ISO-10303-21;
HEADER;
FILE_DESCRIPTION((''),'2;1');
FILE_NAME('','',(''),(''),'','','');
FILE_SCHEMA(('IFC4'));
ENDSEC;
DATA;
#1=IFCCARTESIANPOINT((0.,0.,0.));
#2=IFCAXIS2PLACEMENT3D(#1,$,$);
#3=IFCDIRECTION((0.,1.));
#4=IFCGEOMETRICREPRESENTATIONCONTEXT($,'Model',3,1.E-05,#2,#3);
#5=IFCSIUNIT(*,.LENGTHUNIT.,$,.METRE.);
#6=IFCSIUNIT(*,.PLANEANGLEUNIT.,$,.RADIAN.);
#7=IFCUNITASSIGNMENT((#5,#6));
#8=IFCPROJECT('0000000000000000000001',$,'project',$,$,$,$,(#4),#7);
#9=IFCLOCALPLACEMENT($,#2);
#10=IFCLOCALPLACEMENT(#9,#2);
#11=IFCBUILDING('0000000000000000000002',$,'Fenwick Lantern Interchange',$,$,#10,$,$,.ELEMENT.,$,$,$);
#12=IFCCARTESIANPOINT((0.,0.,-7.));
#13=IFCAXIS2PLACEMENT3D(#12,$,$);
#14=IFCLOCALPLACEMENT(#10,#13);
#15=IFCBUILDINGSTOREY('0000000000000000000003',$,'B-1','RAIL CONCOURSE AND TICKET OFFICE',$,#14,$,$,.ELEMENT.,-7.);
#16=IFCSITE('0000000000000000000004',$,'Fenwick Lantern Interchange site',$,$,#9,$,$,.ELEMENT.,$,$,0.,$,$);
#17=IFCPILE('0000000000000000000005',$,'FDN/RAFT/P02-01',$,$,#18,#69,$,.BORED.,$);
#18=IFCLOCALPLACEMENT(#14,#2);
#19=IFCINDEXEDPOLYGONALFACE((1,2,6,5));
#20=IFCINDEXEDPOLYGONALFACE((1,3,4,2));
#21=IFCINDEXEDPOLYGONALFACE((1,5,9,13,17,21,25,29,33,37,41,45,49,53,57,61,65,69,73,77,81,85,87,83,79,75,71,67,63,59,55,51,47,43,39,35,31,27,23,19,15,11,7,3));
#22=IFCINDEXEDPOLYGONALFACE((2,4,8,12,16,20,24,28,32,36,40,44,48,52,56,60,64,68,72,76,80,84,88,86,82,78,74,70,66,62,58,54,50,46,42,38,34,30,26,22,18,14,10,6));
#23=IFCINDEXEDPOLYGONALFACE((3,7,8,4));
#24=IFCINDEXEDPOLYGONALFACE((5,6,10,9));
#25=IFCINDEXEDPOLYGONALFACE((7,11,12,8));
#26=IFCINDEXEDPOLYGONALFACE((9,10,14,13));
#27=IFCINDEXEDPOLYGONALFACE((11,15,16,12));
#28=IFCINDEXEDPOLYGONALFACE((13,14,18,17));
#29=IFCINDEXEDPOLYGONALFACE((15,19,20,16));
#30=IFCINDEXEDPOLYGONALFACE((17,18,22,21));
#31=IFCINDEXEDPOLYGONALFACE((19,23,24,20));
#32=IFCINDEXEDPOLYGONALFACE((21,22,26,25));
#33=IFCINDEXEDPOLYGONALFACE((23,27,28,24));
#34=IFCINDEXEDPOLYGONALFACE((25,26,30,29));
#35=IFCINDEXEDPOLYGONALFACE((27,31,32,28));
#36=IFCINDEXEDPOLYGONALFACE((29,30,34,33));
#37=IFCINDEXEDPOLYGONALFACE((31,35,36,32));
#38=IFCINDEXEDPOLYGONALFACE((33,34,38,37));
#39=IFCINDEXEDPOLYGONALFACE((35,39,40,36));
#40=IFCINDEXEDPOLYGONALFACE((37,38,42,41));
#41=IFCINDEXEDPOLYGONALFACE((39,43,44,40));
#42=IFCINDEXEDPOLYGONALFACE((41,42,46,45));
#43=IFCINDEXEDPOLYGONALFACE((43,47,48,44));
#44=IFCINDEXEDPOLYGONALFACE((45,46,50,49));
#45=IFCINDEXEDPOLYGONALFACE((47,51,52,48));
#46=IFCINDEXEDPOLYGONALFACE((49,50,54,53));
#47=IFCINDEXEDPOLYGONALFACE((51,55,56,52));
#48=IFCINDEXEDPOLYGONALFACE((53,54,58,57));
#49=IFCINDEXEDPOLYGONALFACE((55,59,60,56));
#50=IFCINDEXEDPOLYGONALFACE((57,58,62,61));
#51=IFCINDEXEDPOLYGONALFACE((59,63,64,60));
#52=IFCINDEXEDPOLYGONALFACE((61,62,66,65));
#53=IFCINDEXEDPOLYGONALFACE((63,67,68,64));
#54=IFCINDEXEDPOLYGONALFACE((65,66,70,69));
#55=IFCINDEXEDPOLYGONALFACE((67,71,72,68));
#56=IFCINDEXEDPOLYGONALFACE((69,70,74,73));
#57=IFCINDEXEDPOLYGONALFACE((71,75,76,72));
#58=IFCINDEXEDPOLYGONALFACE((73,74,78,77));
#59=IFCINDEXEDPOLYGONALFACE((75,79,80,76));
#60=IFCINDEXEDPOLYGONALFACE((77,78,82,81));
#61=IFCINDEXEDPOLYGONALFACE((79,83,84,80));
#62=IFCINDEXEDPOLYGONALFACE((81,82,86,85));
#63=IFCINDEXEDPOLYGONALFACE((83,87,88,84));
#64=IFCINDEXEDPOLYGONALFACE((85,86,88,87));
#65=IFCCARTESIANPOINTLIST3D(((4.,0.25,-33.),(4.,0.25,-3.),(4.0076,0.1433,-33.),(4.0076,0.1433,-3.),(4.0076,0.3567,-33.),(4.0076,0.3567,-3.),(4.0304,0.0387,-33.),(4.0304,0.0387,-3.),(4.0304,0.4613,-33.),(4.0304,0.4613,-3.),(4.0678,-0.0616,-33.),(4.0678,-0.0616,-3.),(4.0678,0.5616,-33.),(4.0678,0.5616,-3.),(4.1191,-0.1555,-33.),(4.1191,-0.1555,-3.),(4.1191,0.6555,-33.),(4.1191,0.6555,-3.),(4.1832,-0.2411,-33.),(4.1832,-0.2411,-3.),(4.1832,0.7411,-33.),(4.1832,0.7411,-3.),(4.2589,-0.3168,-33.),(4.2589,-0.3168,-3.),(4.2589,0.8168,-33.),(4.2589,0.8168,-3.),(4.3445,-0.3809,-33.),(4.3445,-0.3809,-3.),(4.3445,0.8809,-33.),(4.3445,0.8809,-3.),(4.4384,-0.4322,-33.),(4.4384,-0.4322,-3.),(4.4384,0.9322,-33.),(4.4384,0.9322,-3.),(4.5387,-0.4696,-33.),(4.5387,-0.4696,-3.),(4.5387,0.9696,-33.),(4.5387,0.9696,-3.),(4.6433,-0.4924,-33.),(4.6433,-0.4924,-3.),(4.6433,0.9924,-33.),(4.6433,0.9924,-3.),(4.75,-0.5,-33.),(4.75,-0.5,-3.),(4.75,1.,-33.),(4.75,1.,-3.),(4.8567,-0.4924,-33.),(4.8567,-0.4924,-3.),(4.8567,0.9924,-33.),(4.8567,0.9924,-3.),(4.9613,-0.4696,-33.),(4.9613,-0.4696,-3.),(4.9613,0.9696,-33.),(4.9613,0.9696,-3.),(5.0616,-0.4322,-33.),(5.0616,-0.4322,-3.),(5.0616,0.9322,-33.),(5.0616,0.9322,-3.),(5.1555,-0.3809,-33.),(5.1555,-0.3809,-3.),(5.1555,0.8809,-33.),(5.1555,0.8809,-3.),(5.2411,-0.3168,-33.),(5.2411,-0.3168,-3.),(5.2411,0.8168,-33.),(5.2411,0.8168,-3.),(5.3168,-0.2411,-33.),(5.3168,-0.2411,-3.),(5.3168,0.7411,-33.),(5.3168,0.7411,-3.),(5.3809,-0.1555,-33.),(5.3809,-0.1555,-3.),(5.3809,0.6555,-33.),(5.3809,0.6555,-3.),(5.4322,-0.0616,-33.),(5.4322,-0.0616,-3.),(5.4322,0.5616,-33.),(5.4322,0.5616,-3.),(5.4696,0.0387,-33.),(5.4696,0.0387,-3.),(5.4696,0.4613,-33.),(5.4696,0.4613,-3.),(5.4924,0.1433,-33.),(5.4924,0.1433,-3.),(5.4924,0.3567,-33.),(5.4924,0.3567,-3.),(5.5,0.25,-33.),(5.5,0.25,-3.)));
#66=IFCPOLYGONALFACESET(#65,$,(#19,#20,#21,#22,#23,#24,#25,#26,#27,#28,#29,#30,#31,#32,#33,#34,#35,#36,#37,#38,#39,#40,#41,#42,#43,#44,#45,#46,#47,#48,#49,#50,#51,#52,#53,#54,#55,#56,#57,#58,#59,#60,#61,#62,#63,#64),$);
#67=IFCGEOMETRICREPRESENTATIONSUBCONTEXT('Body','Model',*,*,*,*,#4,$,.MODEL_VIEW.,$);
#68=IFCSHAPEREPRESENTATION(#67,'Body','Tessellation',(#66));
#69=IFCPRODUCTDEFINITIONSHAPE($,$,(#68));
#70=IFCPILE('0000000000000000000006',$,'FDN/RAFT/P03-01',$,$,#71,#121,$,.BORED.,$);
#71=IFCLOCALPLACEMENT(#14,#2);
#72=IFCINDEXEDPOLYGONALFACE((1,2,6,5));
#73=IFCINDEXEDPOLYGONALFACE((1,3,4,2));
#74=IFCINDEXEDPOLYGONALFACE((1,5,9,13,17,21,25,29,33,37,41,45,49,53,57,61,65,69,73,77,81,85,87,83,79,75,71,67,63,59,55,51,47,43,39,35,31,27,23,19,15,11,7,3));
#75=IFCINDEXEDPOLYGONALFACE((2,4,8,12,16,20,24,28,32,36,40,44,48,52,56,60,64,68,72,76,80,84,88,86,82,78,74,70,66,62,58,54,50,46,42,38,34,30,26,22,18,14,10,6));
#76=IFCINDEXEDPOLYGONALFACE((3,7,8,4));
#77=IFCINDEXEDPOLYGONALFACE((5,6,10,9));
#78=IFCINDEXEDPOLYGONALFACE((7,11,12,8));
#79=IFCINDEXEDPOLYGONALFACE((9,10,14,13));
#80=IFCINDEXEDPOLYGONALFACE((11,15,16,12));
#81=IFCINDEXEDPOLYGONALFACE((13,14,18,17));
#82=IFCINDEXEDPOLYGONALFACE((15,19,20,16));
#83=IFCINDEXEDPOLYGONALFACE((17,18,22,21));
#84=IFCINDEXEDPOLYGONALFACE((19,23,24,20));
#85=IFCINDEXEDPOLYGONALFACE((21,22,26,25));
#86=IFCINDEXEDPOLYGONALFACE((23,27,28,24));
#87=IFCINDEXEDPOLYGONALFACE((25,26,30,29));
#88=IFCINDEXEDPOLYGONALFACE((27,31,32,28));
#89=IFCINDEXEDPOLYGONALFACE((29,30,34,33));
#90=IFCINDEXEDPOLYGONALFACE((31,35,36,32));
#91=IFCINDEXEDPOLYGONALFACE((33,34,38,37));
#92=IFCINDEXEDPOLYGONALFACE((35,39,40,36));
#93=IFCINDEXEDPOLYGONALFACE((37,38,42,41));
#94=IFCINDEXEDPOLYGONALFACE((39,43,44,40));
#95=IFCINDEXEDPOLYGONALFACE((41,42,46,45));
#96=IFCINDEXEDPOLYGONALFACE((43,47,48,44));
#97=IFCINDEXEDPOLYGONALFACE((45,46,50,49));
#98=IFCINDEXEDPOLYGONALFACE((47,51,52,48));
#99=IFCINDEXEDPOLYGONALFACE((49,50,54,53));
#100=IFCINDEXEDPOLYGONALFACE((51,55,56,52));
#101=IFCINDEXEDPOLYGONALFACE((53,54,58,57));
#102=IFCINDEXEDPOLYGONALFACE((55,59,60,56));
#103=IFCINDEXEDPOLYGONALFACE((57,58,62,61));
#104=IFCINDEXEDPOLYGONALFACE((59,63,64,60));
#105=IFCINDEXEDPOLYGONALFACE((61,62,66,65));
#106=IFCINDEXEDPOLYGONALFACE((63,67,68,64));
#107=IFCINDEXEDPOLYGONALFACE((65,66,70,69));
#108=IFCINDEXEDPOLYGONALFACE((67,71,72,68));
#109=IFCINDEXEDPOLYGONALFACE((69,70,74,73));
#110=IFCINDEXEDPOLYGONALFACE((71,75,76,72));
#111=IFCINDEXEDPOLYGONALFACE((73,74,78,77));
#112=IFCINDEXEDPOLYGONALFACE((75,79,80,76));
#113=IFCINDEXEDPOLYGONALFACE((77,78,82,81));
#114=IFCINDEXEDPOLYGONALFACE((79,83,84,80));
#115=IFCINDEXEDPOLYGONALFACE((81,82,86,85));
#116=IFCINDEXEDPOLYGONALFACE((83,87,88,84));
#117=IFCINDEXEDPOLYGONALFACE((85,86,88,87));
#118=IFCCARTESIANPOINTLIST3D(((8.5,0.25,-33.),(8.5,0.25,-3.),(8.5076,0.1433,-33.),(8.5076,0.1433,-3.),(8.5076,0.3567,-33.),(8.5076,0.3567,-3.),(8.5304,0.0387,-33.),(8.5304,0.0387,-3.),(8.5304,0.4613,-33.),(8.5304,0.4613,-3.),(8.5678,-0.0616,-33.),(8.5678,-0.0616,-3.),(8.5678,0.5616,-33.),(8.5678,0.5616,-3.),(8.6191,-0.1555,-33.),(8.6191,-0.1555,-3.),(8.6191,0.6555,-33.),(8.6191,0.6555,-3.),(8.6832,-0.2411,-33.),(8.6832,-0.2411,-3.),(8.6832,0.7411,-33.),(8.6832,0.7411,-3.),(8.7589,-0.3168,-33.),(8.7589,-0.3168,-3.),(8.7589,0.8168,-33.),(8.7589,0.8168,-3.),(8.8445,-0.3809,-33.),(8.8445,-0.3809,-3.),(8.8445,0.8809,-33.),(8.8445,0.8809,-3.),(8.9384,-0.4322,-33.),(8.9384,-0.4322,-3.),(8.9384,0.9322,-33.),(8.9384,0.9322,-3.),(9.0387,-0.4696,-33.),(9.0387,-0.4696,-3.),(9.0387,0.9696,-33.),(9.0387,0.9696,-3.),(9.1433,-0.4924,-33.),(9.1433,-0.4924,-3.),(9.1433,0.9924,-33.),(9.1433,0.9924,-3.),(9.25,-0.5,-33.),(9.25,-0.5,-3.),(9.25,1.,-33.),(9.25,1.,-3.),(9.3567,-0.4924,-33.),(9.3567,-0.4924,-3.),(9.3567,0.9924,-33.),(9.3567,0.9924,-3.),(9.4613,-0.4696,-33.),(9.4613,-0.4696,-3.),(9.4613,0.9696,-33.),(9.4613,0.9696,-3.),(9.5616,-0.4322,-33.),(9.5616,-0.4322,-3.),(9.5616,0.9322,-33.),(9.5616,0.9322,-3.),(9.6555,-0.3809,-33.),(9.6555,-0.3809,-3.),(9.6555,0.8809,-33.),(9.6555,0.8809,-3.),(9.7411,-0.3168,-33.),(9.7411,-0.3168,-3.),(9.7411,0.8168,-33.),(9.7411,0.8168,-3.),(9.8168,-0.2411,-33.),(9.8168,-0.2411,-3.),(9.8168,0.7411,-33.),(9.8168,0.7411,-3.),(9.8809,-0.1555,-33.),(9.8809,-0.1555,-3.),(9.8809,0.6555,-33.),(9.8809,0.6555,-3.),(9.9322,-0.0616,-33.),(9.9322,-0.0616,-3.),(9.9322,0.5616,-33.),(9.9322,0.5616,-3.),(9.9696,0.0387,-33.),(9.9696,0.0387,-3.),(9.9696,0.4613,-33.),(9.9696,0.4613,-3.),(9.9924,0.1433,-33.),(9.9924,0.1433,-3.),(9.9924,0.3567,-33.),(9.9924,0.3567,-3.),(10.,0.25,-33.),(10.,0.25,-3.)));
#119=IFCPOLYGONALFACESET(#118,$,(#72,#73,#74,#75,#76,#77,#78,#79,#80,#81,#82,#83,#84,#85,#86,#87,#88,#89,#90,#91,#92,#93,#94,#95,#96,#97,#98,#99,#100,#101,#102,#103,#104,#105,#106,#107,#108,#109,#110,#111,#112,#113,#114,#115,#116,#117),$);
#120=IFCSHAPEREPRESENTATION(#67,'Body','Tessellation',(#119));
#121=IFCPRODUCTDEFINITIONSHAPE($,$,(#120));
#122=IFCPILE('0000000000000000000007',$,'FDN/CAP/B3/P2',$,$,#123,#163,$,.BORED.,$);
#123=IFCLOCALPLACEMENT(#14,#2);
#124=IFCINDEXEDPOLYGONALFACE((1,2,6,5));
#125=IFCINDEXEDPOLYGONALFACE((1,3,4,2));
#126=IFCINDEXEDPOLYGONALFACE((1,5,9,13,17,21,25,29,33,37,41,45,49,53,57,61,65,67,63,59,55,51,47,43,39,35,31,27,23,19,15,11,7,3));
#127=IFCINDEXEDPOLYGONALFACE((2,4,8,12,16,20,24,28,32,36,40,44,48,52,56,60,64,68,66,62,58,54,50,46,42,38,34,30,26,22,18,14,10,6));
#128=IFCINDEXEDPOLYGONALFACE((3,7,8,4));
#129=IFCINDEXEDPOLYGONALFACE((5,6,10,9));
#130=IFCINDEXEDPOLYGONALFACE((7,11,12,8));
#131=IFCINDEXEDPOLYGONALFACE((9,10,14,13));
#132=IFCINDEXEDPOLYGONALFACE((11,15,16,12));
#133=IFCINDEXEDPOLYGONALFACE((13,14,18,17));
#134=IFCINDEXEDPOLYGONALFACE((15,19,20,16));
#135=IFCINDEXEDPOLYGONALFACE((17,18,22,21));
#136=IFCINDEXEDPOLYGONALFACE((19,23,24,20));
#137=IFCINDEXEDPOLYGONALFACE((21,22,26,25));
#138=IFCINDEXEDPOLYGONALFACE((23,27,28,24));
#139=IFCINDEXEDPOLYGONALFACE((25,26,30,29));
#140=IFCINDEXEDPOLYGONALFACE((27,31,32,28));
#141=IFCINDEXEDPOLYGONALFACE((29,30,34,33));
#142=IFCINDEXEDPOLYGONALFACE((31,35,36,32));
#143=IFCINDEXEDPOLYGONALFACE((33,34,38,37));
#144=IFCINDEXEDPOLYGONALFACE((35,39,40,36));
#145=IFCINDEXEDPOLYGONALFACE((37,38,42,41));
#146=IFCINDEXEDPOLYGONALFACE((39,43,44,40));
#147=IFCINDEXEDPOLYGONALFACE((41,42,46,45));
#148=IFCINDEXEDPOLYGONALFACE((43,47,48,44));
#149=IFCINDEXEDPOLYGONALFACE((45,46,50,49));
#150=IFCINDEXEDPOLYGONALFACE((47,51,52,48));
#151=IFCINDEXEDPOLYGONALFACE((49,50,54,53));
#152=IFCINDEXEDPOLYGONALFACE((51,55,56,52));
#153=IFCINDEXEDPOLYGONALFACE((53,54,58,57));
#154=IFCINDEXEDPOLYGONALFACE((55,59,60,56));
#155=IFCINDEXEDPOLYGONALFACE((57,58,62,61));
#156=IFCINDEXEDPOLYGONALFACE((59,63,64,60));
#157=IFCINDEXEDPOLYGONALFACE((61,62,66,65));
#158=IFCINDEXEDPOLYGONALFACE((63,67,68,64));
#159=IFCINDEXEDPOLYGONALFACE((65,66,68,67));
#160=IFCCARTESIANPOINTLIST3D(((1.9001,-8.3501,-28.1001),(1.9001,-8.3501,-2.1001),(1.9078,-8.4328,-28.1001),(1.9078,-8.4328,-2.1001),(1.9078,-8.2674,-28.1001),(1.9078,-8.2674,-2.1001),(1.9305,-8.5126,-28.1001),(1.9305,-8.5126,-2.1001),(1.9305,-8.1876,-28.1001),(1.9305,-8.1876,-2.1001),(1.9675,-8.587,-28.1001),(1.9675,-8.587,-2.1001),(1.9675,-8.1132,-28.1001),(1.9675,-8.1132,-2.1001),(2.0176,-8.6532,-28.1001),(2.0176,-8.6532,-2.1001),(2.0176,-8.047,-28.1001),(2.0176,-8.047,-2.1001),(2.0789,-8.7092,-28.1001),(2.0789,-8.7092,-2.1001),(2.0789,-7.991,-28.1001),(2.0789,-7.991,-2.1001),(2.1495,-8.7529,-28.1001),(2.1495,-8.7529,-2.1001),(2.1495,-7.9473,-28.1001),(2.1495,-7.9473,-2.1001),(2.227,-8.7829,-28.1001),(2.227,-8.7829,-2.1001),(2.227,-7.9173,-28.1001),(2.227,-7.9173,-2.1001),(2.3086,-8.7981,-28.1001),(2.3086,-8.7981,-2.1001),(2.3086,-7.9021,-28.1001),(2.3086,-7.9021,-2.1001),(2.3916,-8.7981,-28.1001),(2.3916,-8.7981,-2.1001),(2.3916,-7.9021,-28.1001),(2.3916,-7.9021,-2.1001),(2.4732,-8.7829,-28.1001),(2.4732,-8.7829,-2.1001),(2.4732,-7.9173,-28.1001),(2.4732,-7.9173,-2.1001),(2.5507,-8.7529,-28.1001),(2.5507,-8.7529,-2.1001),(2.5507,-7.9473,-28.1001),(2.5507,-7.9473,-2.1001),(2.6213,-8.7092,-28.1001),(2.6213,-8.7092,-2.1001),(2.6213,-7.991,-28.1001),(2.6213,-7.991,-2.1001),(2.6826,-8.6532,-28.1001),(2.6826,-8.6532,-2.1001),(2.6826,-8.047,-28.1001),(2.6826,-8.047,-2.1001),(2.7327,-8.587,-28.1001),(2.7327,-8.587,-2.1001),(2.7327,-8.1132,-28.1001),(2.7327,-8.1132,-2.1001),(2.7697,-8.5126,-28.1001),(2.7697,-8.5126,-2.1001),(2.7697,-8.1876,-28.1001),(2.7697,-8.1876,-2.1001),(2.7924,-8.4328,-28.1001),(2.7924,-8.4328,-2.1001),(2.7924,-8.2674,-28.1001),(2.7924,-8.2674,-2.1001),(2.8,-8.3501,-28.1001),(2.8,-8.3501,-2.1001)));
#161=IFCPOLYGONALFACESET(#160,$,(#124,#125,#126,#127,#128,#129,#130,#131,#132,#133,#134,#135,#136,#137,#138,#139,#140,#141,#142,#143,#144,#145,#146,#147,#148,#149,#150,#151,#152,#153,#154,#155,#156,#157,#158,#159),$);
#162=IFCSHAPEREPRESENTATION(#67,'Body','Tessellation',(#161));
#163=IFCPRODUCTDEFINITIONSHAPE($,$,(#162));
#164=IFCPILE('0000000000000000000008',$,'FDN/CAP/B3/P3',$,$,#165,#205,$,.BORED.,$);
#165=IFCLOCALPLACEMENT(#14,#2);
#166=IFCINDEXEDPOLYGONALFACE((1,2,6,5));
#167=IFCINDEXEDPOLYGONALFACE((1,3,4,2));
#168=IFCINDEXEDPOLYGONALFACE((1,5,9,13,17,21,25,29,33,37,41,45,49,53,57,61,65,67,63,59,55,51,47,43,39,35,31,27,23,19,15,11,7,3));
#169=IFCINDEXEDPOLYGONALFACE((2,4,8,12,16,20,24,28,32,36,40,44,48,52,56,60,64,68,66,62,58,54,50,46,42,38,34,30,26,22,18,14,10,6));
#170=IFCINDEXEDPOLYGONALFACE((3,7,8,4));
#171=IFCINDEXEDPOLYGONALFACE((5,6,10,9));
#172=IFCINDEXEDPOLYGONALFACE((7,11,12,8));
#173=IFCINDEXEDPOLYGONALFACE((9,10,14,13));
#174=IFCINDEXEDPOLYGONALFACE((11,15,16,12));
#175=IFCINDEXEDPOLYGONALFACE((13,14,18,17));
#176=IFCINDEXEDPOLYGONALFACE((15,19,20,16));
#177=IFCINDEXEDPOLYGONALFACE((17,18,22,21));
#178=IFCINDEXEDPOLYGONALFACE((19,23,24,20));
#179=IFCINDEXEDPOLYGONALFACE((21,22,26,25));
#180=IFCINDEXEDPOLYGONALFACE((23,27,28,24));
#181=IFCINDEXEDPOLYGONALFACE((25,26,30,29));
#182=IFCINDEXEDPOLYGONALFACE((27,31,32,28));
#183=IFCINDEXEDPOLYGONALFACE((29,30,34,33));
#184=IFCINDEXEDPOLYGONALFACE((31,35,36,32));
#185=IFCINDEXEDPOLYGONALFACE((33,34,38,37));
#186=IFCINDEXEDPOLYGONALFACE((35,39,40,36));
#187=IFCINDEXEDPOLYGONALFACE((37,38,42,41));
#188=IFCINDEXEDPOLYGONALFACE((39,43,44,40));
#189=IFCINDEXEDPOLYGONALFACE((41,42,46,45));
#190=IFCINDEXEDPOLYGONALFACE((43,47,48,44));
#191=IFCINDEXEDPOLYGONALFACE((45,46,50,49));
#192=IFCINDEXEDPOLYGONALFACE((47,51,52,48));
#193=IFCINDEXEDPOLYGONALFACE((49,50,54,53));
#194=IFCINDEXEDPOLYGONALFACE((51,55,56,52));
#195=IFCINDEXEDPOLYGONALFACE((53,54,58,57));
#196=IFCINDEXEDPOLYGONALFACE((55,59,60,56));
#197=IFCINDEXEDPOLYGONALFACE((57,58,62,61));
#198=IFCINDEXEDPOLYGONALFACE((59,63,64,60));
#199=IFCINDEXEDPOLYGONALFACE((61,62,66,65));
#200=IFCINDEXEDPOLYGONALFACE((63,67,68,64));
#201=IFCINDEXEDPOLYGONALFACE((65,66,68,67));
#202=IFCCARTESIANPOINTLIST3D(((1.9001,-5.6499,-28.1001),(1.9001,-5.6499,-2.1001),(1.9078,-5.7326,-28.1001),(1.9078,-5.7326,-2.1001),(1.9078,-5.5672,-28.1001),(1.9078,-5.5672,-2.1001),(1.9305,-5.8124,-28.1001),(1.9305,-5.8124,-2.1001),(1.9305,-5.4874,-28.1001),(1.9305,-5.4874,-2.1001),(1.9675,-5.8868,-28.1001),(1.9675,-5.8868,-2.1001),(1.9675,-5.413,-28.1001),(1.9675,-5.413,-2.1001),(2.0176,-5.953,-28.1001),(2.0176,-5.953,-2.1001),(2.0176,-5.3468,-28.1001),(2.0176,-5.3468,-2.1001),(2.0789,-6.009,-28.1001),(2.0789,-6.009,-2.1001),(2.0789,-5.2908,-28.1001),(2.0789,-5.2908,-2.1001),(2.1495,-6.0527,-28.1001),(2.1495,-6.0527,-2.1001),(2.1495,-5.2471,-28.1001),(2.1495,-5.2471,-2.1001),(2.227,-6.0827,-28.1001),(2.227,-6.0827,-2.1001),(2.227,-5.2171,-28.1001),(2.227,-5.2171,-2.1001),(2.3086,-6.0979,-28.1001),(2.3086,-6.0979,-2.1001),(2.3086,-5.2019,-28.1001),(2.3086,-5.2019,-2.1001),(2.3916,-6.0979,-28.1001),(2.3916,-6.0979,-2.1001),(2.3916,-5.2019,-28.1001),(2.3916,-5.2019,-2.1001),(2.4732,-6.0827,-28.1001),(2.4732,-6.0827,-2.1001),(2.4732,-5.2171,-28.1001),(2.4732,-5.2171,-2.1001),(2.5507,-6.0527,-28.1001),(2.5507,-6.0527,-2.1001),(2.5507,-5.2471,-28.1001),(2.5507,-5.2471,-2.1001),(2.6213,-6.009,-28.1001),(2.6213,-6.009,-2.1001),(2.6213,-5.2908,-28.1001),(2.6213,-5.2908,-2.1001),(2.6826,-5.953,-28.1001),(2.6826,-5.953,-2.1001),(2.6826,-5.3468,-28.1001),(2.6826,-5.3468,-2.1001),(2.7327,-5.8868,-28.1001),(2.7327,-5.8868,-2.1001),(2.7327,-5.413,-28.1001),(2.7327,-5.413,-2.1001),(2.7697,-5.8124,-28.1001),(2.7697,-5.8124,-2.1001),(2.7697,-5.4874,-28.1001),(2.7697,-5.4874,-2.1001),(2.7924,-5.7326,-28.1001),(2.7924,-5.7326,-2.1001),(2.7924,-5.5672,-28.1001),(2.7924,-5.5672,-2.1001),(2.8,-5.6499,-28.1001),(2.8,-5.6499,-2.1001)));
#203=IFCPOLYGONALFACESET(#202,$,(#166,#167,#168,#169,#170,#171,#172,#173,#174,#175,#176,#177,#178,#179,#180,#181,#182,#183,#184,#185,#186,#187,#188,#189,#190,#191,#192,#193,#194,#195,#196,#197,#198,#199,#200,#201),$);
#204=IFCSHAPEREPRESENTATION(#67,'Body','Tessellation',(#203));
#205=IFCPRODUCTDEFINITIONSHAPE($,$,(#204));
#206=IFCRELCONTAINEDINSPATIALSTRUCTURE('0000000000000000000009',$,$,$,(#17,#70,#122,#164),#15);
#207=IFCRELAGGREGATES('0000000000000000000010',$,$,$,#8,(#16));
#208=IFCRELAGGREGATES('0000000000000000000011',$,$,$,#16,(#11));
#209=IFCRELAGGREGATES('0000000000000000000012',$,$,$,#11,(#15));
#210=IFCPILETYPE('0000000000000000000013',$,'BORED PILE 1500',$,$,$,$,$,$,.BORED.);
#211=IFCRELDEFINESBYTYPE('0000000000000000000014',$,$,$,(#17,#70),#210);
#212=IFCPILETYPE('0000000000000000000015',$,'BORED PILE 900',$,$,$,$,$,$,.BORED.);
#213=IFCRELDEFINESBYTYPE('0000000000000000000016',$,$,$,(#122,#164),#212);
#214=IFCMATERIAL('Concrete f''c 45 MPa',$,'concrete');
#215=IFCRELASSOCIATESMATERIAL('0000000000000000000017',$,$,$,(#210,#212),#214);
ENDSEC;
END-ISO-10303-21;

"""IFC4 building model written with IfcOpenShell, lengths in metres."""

from ifc_helpers import new_model, si_unit, direction, frame, origin, origin_2d, place, context, subcontext, project, spatial, circle, extrude, material, type_object, element, save


model = new_model("IFC4")

# Units and contexts
model_context = context("Model", 3, precision=1e-05, world=origin(), true_north=direction((0.0, 1.0)))
body_context = subcontext(model_context, "Body", "Model", "MODEL_VIEW")
ifc_project = project(units=[si_unit("LENGTHUNIT", "METRE"), si_unit("PLANEANGLEUNIT", "RADIAN")], contexts=[model_context])

# Site, building, storey
site_placement = place(None, origin())
site = spatial("IfcSite", under=ifc_project, at=site_placement, Name="Fenwick Lantern Interchange site", CompositionType="ELEMENT", RefElevation=0.0)
building_placement = place(site_placement, origin())
building = spatial("IfcBuilding", under=site, at=building_placement, Name="Fenwick Lantern Interchange", CompositionType="ELEMENT")
storey_placement = place(building_placement, frame((0.0, 0.0, -7.0)))
storey = spatial("IfcBuildingStorey", under=building, at=storey_placement, Name="B-1", Description="RAIL CONCOURSE AND TICKET OFFICE", CompositionType="ELEMENT", Elevation=-7.0)

# Piles
ifc_material_1 = material(Name="Concrete f'c 45 MPa", Category="concrete")
pile_type_1 = type_object("IfcPileType", Name="BORED PILE 1500", PredefinedType="BORED", material=ifc_material_1)
for number, where, z_axis, x_axis, name in (
    (1, (4.75, 0.25, -3.0), (0.0, 0.0, -1.0), (1.0, 0.0, 0.0), "FDN/RAFT/P02-01"),
    (2, (9.25, 0.25, -3.0), (0.0, 0.0, -1.0), (1.0, 0.0, 0.0), "FDN/RAFT/P03-01"),
):
    element("IfcPile", number, at=place(storey_placement, frame(where, z_axis=z_axis, x_axis=x_axis)), inside=storey, type_object=pile_type_1, Name=name, PredefinedType="BORED", context=body_context, shape_type="SweptSolid", body=[
        extrude(circle(Radius=0.75, at=origin_2d()), origin(), (0.0, 0.0, 1.0), 30.0),
    ])
pile_type_2 = type_object("IfcPileType", Name="BORED PILE 900", PredefinedType="BORED", material=ifc_material_1)
for number, where, z_axis, x_axis, name in (
    (3, (2.3501, -8.3501, -2.1001), (0.0, 0.0, -1.0), (1.0, 0.0, 0.0), "FDN/CAP/B3/P2"),
    (4, (2.3501, -5.6499, -2.1001), (0.0, 0.0, -1.0), (1.0, 0.0, 0.0), "FDN/CAP/B3/P3"),
):
    element("IfcPile", number, at=place(storey_placement, frame(where, z_axis=z_axis, x_axis=x_axis)), inside=storey, type_object=pile_type_2, Name=name, PredefinedType="BORED", context=body_context, shape_type="SweptSolid", body=[
        extrude(circle(Radius=0.45, at=origin_2d()), origin(), (0.0, 0.0, 1.0), 26.0),
    ])

save(model, "model.ifc")
